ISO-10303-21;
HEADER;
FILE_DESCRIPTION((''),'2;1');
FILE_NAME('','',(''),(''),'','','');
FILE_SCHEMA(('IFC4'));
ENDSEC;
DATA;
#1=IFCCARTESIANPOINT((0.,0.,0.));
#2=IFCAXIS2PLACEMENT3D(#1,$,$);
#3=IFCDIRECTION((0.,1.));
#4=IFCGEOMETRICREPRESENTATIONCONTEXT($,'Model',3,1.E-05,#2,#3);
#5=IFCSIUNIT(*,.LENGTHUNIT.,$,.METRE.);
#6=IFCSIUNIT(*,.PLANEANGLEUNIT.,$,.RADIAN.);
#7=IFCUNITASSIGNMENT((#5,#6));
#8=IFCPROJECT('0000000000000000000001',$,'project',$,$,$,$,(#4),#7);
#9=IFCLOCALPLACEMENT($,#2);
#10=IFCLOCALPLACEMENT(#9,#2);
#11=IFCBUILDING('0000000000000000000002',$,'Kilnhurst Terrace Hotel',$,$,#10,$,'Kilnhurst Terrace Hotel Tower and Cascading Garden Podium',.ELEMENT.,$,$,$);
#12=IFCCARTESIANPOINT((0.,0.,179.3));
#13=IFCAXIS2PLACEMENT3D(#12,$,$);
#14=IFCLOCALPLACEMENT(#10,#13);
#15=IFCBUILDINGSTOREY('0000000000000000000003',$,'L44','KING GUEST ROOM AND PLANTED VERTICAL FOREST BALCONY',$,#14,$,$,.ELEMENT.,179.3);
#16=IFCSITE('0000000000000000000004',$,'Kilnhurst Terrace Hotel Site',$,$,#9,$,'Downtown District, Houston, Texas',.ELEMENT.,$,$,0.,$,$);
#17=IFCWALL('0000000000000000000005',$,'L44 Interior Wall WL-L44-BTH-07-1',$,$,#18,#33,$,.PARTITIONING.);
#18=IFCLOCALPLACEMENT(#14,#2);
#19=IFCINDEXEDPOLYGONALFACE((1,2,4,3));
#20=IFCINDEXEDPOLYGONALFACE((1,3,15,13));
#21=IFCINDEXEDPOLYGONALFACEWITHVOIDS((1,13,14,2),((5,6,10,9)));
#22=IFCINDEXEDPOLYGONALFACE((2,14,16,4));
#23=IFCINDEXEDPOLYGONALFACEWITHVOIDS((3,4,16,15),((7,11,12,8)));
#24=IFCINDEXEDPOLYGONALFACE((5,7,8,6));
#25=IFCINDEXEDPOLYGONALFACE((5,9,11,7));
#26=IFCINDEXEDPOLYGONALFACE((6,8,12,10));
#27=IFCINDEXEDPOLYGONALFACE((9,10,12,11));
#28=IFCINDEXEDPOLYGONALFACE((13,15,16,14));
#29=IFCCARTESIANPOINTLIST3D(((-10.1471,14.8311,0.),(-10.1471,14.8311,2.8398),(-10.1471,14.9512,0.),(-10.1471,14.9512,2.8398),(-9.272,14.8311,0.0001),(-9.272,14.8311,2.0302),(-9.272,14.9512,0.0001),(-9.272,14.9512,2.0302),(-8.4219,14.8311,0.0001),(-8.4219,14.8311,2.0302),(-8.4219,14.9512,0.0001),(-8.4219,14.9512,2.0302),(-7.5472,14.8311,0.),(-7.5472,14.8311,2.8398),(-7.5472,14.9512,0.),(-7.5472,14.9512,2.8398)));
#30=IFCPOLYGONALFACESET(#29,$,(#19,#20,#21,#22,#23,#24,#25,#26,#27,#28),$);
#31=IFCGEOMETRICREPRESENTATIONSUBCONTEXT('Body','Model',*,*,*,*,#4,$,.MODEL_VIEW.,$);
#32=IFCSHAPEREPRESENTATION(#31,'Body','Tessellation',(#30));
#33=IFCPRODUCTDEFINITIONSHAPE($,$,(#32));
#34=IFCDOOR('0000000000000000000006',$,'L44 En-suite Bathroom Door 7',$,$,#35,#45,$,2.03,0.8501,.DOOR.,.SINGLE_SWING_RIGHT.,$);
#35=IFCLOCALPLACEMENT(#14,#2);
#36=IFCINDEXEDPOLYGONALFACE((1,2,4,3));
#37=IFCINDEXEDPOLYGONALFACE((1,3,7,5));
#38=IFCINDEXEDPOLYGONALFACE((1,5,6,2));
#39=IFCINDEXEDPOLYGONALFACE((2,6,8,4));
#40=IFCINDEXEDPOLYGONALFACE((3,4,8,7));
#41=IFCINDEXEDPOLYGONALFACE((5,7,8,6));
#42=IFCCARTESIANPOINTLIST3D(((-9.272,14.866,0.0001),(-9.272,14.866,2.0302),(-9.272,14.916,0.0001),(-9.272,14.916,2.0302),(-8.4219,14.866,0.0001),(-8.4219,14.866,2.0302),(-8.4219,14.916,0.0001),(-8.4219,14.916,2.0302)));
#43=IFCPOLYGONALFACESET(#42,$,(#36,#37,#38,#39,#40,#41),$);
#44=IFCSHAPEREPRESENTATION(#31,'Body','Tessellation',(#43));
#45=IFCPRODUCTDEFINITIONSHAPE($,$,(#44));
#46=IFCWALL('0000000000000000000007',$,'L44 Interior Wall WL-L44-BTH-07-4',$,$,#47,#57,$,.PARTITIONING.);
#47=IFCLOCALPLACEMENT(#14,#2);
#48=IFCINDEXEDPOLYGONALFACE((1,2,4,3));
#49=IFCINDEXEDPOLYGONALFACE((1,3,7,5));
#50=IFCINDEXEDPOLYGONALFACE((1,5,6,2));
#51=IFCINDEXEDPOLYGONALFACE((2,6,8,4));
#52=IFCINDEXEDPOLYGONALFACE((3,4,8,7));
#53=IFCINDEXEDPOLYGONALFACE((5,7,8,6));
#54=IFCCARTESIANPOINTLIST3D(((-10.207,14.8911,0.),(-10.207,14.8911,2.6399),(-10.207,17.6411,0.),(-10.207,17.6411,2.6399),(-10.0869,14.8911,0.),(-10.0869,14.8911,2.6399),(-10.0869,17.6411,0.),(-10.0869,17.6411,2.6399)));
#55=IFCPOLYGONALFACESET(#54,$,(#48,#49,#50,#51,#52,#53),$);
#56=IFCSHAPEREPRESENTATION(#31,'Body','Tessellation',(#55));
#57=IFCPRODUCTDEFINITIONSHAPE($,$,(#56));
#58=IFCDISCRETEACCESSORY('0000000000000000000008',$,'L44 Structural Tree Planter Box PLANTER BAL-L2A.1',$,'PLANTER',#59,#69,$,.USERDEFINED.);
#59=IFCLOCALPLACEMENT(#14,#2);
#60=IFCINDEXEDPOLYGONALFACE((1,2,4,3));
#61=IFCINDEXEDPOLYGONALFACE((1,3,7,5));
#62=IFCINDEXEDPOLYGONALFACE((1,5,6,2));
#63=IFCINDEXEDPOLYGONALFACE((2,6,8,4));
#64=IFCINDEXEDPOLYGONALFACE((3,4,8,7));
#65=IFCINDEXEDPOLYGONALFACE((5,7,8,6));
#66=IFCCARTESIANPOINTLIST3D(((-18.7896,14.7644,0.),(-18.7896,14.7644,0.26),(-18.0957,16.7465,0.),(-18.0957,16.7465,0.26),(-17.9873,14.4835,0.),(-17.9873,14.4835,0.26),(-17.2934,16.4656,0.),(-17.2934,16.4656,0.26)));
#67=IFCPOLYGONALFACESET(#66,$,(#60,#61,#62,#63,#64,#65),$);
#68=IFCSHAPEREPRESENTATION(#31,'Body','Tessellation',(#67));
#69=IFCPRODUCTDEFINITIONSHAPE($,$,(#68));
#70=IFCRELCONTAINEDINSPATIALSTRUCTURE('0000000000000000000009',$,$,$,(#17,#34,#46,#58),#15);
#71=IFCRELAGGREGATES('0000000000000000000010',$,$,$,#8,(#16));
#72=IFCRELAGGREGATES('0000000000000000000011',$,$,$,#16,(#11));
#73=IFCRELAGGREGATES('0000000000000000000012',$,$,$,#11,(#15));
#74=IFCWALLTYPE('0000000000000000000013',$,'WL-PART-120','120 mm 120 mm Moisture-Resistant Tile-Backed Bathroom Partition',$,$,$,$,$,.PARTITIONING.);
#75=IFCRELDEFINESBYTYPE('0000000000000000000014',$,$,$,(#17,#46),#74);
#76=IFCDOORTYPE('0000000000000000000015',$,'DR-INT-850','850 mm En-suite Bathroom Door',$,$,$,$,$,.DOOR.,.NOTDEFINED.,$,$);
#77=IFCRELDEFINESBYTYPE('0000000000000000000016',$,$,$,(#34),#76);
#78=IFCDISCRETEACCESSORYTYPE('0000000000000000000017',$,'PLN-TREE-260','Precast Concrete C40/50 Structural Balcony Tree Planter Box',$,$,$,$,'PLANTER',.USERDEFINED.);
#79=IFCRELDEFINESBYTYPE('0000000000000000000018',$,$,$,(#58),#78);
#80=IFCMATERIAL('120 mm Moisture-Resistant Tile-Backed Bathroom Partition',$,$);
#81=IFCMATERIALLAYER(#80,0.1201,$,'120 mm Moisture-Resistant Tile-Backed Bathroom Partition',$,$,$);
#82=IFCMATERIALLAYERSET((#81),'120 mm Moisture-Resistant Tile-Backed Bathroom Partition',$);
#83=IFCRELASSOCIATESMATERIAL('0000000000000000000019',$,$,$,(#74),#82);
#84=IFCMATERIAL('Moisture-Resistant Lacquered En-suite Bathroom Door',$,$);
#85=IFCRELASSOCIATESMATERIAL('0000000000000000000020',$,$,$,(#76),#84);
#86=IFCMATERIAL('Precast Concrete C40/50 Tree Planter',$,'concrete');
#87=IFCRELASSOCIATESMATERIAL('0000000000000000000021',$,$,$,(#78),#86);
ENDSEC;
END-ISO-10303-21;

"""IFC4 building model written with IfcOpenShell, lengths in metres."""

from ifc_helpers import new_model, si_unit, direction, frame, frame_2d, origin, origin_2d, place, context, subcontext, project, spatial, rectangle, extrude, material, layer, layer_set, type_object, element, fill, save


model = new_model("IFC4")

# Units and contexts
model_context = context("Model", 3, precision=1e-05, world=origin(), true_north=direction((0.0, 1.0)))
body_context = subcontext(model_context, "Body", "Model", "MODEL_VIEW")
ifc_project = project(units=[si_unit("LENGTHUNIT", "METRE"), si_unit("PLANEANGLEUNIT", "RADIAN")], contexts=[model_context])

# Site, building, storey
site_placement = place(None, origin())
site = spatial("IfcSite", under=ifc_project, at=site_placement, Name="Kilnhurst Terrace Hotel Site", LongName="Downtown District, Houston, Texas", CompositionType="ELEMENT", RefElevation=0.0)
building_placement = place(site_placement, origin())
building = spatial("IfcBuilding", under=site, at=building_placement, Name="Kilnhurst Terrace Hotel", LongName="Kilnhurst Terrace Hotel Tower and Cascading Garden Podium", CompositionType="ELEMENT")
storey_placement = place(building_placement, frame((0.0, 0.0, 179.3)))
storey = spatial("IfcBuildingStorey", under=building, at=storey_placement, Name="L44", Description="KING GUEST ROOM AND PLANTED VERTICAL FOREST BALCONY", CompositionType="ELEMENT", Elevation=179.3)

# Wall, opening, door
ifc_material_1 = material(Name="120 mm Moisture-Resistant Tile-Backed Bathroom Partition")
ifc_layer_1 = layer(ifc_material_1, 0.1201, Name="120 mm Moisture-Resistant Tile-Backed Bathroom Partition")
ifc_layer_set_1 = layer_set([ifc_layer_1], Name="120 mm Moisture-Resistant Tile-Backed Bathroom Partition")
wall_type_1 = type_object("IfcWallType", Name="WL-PART-120", Description="120 mm 120 mm Moisture-Resistant Tile-Backed Bathroom Partition", PredefinedType="PARTITIONING", material=ifc_layer_set_1)
wall_1_placement = place(storey_placement, frame((-10.147, 14.8911, 0.0), z_axis=(0.0, 0.0, 1.0), x_axis=(1.0, 0.0, 0.0)))
wall_1 = element("IfcWall", 1, at=wall_1_placement, inside=storey, type_object=wall_type_1, Name="L44 Interior Wall WL-L44-BTH-07-1", PredefinedType="PARTITIONING", context=body_context, shape_type="SweptSolid", body=[
    extrude(rectangle(XDim=2.5999, YDim=0.1201, at=frame_2d((1.2998, 0.0))), origin(), (0.0, 0.0, 1.0), 2.8398),
])
opening_1_placement = place(wall_1_placement, frame((0.875, 0.0, 0.0)))
opening_1 = element("IfcOpeningElement", 2, at=opening_1_placement, cuts=wall_1, PredefinedType="OPENING", context=body_context, shape_type="SweptSolid", body=[
    extrude(rectangle(XDim=0.8501, YDim=2.03, at=frame_2d((0.425, 1.0151))), frame((0.0, 0.0701, 0.0), z_axis=(0.0, -1.0, 0.0), x_axis=(1.0, 0.0, 0.0)), (0.0, 0.0, 1.0), 0.1401),
])
ifc_material_2 = material(Name="Moisture-Resistant Lacquered En-suite Bathroom Door")
door_type_1 = type_object("IfcDoorType", Name="DR-INT-850", Description="850 mm En-suite Bathroom Door", OperationType="NOTDEFINED", PredefinedType="DOOR", material=ifc_material_2)
door_1_placement = place(opening_1_placement, origin())
door_1 = element("IfcDoor", 3, at=door_1_placement, inside=storey, type_object=door_type_1, Name="L44 En-suite Bathroom Door 7", OperationType="SINGLE_SWING_RIGHT", OverallHeight=2.03, OverallWidth=0.8501, PredefinedType="DOOR", context=body_context, shape_type="SweptSolid", body=[
    extrude(rectangle(XDim=0.8501, YDim=2.03, at=frame_2d((0.425, 1.0151))), frame((0.0, 0.0249, 0.0), z_axis=(0.0, -1.0, 0.0), x_axis=(1.0, 0.0, 0.0)), (0.0, 0.0, 1.0), 0.05),
])
fill(opening_1, door_1)

# Wall
wall_2_placement = place(storey_placement, frame((-10.147, 17.6411, 0.0), z_axis=(0.0, 0.0, 1.0), x_axis=(0.0, -1.0, 0.0)))
element("IfcWall", 4, at=wall_2_placement, inside=storey, type_object=wall_type_1, Name="L44 Interior Wall WL-L44-BTH-07-4", PredefinedType="PARTITIONING", context=body_context, shape_type="SweptSolid", body=[
    extrude(rectangle(XDim=2.75, YDim=0.1201, at=frame_2d((1.375, 0.0))), origin(), (0.0, 0.0, 1.0), 2.6399),
])

# Discrete accessory
ifc_material_3 = material(Name="Precast Concrete C40/50 Tree Planter", Category="concrete")
discrete_accessory_type = type_object("IfcDiscreteAccessoryType", Name="PLN-TREE-260", Description="Precast Concrete C40/50 Structural Balcony Tree Planter Box", ElementType="PLANTER", PredefinedType="USERDEFINED", material=ifc_material_3)
discrete_accessory_placement = place(storey_placement, frame((-18.0415, 15.615, 0.0), z_axis=(0.0, 0.0, 1.0), x_axis=(-0.330432, -0.94383, 0.0)))
element("IfcDiscreteAccessory", 5, at=discrete_accessory_placement, inside=storey, type_object=discrete_accessory_type, Name="L44 Structural Tree Planter Box PLANTER BAL-L2A.1", ObjectType="PLANTER", PredefinedType="USERDEFINED", context=body_context, shape_type="SweptSolid", body=[
    extrude(rectangle(XDim=2.1001, YDim=0.8501, at=origin_2d()), origin(), (0.0, 0.0, 1.0), 0.26),
])

save(model, "model.ifc")
